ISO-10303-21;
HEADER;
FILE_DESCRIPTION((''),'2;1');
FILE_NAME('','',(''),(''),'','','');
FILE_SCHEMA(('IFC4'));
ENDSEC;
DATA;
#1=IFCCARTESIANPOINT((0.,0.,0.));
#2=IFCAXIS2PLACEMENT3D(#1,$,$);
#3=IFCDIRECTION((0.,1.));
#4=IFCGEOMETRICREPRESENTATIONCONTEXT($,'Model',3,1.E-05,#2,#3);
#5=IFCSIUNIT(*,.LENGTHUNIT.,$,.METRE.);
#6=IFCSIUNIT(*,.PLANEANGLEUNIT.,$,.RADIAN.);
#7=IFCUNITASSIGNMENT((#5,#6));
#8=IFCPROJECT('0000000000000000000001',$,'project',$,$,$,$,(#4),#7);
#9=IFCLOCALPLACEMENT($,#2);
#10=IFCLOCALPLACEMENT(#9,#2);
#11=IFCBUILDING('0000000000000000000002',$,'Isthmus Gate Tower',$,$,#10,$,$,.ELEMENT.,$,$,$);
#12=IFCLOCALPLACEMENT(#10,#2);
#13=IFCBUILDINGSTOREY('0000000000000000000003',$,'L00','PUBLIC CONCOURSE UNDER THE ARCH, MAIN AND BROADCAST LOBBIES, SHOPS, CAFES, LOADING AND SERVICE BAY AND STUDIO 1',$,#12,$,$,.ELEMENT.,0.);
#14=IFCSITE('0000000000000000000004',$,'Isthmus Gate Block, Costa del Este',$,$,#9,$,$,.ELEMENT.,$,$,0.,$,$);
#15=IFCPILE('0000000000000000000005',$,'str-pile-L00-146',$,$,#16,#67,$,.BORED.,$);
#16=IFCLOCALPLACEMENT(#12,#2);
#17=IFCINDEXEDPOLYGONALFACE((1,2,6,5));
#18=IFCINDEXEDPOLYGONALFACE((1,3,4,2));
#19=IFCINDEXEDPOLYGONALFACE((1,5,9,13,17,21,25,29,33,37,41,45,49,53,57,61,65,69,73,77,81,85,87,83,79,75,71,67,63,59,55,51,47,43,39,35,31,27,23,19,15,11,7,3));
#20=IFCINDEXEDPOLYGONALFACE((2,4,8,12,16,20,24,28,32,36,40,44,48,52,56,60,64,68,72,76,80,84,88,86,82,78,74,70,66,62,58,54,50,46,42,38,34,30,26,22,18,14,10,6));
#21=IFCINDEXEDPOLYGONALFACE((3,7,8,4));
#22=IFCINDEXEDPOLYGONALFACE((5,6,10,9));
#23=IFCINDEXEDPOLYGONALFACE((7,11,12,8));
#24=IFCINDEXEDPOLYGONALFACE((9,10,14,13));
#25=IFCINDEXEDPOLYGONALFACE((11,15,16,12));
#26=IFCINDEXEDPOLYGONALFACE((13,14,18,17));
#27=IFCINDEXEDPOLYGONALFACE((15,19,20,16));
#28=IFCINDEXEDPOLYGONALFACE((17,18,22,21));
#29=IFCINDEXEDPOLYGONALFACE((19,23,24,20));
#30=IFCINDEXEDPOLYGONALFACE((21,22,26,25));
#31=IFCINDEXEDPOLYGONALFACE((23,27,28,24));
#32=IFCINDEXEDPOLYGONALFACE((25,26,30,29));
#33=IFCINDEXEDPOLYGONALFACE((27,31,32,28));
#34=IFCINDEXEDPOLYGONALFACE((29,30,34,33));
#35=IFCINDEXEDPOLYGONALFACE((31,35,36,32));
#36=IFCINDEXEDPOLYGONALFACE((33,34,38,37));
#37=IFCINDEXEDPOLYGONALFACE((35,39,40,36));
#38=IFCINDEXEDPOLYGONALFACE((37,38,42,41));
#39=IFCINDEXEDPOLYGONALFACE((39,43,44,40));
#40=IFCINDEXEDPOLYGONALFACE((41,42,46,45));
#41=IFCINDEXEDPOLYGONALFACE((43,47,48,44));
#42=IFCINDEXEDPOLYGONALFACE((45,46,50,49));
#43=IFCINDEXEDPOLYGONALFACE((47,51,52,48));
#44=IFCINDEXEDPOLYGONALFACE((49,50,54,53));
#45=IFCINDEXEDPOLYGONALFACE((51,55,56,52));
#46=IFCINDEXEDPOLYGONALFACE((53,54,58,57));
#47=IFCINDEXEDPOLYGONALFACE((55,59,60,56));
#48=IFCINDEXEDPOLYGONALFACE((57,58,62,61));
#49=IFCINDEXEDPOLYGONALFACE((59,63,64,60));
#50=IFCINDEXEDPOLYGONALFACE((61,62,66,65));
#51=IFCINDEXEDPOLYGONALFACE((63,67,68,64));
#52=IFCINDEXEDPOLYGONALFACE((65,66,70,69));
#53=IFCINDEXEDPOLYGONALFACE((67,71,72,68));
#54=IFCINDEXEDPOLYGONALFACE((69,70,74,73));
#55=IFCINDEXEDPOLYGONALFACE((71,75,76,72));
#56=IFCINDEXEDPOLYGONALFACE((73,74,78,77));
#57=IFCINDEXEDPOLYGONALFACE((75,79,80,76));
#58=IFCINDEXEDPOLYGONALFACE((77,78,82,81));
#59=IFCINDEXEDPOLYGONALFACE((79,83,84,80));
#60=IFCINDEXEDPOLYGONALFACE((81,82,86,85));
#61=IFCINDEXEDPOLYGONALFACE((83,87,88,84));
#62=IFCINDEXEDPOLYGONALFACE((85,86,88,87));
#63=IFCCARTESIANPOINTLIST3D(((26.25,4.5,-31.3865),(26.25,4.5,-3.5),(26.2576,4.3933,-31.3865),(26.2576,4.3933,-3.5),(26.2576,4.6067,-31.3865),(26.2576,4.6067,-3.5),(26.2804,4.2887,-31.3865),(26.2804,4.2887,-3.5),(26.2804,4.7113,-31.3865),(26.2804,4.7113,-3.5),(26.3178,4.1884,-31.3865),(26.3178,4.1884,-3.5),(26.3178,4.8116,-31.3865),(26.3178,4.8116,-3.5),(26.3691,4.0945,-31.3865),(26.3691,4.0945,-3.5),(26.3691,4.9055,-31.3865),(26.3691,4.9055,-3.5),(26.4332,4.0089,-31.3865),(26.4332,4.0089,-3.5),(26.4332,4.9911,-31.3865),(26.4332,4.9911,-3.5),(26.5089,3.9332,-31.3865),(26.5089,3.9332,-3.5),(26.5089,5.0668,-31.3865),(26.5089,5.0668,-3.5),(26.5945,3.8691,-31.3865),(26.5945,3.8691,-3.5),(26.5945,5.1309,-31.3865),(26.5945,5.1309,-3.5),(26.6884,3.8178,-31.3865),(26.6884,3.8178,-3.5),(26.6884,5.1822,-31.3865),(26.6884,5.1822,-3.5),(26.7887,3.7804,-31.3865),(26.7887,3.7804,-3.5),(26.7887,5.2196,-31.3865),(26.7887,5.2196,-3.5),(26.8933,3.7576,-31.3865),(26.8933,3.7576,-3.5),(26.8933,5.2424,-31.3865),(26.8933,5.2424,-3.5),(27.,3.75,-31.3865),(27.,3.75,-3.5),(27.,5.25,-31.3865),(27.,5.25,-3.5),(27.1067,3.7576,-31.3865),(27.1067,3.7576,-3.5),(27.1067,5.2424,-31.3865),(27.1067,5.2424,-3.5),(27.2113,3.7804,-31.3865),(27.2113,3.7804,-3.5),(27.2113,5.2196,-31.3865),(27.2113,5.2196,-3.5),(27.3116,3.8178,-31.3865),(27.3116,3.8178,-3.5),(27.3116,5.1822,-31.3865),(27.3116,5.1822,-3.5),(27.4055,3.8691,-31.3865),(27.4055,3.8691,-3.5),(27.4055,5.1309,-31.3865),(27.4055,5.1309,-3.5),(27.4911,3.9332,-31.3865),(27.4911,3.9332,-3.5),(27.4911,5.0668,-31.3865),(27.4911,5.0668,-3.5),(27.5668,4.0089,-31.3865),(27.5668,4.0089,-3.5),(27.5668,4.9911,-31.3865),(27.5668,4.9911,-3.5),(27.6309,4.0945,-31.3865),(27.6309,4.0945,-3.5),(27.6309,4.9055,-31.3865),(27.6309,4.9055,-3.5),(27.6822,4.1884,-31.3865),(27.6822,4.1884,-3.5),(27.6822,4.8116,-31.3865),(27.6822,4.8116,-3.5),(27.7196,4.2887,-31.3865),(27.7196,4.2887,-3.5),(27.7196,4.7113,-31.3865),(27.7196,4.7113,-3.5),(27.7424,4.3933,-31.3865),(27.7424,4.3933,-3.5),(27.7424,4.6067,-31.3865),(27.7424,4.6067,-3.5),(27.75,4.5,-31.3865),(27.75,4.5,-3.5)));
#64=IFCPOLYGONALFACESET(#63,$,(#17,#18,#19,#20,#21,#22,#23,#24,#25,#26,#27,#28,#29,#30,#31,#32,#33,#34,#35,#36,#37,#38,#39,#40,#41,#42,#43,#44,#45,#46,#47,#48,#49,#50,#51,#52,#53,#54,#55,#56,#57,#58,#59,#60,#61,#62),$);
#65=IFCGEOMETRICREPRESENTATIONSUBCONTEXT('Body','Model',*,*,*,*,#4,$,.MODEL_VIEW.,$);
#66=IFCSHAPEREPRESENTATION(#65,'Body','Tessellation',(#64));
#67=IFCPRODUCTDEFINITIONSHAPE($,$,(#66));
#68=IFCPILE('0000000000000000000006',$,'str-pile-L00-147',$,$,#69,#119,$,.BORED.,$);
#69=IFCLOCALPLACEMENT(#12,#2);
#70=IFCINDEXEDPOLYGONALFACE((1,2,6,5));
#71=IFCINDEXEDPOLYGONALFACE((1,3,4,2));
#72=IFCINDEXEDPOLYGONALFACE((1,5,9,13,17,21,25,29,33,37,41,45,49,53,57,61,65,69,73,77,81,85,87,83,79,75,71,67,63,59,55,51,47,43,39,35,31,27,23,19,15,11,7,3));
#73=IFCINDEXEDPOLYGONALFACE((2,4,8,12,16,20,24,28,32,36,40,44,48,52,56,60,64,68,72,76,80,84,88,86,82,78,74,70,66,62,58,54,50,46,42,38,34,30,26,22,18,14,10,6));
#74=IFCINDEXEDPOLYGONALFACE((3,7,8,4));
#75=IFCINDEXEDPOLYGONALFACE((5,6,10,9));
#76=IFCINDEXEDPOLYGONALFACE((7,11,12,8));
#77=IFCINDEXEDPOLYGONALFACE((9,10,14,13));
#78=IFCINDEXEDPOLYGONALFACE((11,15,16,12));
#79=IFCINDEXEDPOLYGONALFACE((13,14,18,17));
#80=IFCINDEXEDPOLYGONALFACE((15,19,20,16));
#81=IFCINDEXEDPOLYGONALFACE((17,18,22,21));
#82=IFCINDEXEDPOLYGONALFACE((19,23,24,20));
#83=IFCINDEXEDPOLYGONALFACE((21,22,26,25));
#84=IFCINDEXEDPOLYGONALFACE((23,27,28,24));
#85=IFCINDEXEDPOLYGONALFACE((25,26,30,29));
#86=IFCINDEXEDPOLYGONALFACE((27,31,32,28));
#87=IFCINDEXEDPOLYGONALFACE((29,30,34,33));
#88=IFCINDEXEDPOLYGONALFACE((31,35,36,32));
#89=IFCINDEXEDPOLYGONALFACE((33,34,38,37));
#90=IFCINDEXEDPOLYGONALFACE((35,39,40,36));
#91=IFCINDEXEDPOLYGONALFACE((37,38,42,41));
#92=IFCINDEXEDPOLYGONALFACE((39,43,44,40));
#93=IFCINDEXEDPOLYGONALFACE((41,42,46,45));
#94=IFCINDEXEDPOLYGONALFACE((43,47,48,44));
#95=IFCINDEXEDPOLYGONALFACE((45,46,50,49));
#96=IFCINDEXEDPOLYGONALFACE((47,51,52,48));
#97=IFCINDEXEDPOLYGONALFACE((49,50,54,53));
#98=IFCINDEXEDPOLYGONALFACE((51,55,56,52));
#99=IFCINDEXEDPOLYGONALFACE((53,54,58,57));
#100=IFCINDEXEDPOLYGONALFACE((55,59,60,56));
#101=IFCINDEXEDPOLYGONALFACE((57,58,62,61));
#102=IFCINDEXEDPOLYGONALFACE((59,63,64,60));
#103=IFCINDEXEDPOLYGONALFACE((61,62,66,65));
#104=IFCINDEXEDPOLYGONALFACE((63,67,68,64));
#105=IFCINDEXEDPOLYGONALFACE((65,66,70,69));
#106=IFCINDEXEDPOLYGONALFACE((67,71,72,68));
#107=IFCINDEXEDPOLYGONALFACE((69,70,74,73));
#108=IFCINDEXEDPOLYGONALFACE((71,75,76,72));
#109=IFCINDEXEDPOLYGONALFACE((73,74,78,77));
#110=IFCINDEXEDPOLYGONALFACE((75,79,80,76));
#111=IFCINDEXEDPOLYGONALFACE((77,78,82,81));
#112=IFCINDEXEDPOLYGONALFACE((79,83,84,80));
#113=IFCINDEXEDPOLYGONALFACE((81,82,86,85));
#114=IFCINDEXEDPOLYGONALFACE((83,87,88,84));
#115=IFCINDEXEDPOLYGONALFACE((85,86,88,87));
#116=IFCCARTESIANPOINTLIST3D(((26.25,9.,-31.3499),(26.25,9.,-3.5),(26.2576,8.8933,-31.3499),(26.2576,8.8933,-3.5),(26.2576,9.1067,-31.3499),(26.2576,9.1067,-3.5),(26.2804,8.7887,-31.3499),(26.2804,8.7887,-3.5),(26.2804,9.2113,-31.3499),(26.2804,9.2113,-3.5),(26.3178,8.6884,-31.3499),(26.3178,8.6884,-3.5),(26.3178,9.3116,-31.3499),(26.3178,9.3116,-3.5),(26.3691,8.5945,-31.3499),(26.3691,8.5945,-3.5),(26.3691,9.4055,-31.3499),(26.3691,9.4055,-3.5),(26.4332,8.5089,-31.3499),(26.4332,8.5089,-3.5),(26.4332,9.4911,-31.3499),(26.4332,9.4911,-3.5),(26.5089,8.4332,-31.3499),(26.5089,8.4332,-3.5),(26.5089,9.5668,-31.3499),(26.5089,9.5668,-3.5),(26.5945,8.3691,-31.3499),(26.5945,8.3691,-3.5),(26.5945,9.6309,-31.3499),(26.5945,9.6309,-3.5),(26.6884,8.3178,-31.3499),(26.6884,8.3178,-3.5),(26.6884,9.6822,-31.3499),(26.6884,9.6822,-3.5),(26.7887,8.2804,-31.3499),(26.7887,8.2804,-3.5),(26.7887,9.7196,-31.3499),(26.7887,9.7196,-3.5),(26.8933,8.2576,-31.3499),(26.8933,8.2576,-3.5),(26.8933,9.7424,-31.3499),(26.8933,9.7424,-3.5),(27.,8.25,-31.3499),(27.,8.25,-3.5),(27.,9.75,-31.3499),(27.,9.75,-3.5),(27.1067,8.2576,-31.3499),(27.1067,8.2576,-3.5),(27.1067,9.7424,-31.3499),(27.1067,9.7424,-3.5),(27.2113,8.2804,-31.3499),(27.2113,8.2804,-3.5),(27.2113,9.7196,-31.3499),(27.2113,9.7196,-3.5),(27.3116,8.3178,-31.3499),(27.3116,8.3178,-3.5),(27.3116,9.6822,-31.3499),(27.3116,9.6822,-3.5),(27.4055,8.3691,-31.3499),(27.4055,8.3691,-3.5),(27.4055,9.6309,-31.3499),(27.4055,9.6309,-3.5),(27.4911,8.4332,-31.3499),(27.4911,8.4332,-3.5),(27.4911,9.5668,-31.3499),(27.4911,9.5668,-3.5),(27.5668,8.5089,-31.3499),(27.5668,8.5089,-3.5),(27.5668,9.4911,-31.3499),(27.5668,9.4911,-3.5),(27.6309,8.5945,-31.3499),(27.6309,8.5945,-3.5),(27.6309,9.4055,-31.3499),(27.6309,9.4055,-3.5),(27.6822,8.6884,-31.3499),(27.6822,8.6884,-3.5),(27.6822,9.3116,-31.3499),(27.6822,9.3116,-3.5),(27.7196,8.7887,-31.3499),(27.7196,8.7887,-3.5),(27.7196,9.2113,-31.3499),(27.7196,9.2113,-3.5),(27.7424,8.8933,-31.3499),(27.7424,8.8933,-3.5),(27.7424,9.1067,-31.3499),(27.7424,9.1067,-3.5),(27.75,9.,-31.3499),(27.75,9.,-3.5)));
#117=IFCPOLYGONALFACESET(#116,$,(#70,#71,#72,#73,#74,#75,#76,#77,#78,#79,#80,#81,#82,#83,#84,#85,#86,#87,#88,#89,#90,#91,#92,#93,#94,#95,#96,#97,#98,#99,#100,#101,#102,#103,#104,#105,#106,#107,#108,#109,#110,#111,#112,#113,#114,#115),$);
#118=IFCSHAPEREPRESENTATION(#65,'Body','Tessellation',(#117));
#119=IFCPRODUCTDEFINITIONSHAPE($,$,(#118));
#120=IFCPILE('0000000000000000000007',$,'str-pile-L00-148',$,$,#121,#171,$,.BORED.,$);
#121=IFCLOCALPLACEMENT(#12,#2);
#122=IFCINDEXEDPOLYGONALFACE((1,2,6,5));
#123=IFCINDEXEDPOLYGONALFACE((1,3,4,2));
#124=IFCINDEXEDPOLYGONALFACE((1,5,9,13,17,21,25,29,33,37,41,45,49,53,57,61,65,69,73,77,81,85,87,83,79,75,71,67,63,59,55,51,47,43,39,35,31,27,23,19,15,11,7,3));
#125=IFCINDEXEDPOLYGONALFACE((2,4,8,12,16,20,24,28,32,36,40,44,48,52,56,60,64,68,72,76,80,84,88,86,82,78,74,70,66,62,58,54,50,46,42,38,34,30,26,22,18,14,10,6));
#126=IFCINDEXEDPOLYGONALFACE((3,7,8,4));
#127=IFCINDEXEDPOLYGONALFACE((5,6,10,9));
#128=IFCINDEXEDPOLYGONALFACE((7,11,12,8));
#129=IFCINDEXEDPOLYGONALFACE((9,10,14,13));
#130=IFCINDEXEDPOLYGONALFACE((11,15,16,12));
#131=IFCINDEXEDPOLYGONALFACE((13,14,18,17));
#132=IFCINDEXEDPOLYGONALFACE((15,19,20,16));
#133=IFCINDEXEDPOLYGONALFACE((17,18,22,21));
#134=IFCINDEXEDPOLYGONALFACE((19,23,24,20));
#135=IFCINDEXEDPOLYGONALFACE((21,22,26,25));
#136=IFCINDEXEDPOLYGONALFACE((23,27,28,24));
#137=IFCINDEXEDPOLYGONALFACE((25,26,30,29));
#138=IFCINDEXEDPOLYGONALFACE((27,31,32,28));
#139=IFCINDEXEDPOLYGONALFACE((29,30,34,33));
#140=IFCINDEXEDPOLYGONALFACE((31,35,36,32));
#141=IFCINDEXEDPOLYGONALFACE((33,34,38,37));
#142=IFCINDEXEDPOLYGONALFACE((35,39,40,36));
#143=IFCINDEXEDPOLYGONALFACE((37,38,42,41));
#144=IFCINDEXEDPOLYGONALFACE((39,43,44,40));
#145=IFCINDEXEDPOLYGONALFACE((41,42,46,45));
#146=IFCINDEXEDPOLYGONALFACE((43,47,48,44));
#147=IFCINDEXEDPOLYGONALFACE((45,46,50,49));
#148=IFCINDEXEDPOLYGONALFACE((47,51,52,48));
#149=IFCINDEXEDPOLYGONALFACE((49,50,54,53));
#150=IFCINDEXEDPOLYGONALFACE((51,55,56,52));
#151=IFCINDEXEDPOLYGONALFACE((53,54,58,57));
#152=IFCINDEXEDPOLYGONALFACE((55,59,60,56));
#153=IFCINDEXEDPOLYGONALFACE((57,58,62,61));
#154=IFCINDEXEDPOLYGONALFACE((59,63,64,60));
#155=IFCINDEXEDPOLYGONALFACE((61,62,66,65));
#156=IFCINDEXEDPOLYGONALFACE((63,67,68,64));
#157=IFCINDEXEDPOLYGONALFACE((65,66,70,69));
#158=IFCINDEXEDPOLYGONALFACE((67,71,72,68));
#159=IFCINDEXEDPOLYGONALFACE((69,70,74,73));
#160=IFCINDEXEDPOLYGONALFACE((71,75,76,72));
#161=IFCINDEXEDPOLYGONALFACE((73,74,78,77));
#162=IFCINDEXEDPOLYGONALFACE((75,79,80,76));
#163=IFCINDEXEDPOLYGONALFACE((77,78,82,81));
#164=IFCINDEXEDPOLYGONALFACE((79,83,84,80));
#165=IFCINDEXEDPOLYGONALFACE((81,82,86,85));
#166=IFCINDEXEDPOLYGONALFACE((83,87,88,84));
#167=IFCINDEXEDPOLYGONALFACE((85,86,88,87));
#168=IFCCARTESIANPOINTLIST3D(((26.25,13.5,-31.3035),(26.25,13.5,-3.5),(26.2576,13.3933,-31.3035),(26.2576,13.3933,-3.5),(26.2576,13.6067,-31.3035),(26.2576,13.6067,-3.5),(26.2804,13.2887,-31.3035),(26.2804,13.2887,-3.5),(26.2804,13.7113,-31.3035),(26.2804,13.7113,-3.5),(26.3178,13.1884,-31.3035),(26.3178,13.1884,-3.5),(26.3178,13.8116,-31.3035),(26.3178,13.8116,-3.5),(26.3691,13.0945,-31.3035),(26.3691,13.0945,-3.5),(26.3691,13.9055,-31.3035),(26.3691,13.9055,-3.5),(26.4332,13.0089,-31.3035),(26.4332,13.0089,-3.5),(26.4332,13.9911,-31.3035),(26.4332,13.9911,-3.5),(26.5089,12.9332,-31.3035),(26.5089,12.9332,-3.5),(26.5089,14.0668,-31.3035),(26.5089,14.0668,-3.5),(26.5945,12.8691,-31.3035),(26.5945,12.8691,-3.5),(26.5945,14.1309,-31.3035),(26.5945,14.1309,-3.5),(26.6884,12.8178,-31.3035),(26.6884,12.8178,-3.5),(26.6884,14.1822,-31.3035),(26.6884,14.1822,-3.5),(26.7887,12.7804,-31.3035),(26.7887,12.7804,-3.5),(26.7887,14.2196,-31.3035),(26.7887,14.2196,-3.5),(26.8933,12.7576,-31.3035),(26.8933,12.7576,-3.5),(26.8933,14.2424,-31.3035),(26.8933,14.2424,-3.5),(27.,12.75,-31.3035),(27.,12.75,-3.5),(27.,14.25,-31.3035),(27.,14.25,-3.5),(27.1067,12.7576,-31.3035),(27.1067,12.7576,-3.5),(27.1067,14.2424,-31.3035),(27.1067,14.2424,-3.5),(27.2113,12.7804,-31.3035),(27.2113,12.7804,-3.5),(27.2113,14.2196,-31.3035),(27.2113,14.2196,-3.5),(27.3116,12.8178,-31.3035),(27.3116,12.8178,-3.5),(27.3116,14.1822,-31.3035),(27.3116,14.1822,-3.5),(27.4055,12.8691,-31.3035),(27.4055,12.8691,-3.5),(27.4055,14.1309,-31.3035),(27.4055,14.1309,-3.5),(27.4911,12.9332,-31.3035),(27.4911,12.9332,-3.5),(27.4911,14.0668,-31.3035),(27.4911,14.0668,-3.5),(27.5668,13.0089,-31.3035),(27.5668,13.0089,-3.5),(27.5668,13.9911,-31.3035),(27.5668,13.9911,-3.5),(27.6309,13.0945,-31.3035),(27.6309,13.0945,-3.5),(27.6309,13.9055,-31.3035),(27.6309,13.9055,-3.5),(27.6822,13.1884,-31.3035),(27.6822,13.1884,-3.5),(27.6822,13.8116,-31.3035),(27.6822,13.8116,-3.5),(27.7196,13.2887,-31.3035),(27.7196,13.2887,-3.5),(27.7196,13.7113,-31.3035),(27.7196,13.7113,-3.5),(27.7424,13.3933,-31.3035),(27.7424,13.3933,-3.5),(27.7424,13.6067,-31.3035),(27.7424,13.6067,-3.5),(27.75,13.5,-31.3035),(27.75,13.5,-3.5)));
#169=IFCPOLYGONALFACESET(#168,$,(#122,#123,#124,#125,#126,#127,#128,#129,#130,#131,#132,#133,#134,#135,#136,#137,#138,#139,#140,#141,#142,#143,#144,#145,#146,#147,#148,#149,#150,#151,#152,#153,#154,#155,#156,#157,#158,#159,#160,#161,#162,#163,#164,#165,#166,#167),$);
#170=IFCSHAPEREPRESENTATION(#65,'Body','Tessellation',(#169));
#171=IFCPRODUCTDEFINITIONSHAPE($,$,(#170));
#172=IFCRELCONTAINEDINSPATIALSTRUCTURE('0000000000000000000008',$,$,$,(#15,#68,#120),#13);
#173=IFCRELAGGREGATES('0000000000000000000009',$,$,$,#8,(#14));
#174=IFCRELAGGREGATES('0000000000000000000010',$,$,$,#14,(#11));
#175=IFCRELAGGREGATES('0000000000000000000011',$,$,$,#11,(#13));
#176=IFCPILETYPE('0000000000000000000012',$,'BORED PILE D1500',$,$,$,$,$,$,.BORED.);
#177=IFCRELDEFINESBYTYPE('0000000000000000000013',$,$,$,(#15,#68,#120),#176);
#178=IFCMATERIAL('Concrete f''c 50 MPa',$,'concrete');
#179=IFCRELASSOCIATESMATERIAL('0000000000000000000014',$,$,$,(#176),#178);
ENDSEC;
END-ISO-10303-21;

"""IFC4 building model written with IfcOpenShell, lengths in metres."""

from ifc_helpers import new_model, si_unit, direction, frame, origin, origin_2d, place, context, subcontext, project, spatial, circle, extrude, material, material_profile, profile_set, type_object, element, save


model = new_model("IFC4")

# Units and contexts
model_context = context("Model", 3, precision=1e-05, world=origin(), true_north=direction((0.0, 1.0)))
body_context = subcontext(model_context, "Body", "Model", "MODEL_VIEW")
ifc_project = project(units=[si_unit("LENGTHUNIT", "METRE"), si_unit("PLANEANGLEUNIT", "RADIAN")], contexts=[model_context])

# Site, building, storey
site_placement = place(None, origin())
site = spatial("IfcSite", under=ifc_project, at=site_placement, Name="Isthmus Gate Block, Costa del Este", CompositionType="ELEMENT", RefElevation=0.0)
building_placement = place(site_placement, origin())
building = spatial("IfcBuilding", under=site, at=building_placement, Name="Isthmus Gate Tower", CompositionType="ELEMENT")
storey_placement = place(building_placement, origin())
storey = spatial("IfcBuildingStorey", under=building, at=storey_placement, Name="L00", Description="PUBLIC CONCOURSE UNDER THE ARCH, MAIN AND BROADCAST LOBBIES, SHOPS, CAFES, LOADING AND SERVICE BAY AND STUDIO 1", CompositionType="ELEMENT", Elevation=0.0)

# Piles
ifc_material_1 = material(Name="Concrete f'c 50 MPa", Category="concrete")
ifc_material_profile_1 = material_profile(ifc_material_1, circle(Radius=0.75, at=origin_2d()), Name="D1500")
ifc_profile_set_1 = profile_set([ifc_material_profile_1], Name="Concrete f'c 50 MPa")
pile_type = type_object("IfcPileType", Name="BORED PILE D1500", PredefinedType="BORED", material=ifc_profile_set_1)
pile_1_placement = place(storey_placement, frame((27.0, 4.5, -3.5), z_axis=(0.0, 0.0, -1.0), x_axis=(1.0, 0.0, 0.0)))
element("IfcPile", 1, at=pile_1_placement, inside=storey, type_object=pile_type, Name="str-pile-L00-146", PredefinedType="BORED", context=body_context, shape_type="SweptSolid", body=[
    extrude(circle(Radius=0.75, at=origin_2d()), origin(), (0.0, 0.0, 1.0), 27.8865),
])
pile_2_placement = place(storey_placement, frame((27.0, 9.0, -3.5), z_axis=(0.0, 0.0, -1.0), x_axis=(1.0, 0.0, 0.0)))
element("IfcPile", 2, at=pile_2_placement, inside=storey, type_object=pile_type, Name="str-pile-L00-147", PredefinedType="BORED", context=body_context, shape_type="SweptSolid", body=[
    extrude(circle(Radius=0.75, at=origin_2d()), origin(), (0.0, 0.0, 1.0), 27.8499),
])
pile_3_placement = place(storey_placement, frame((27.0, 13.5, -3.5), z_axis=(0.0, 0.0, -1.0), x_axis=(1.0, 0.0, 0.0)))
element("IfcPile", 3, at=pile_3_placement, inside=storey, type_object=pile_type, Name="str-pile-L00-148", PredefinedType="BORED", context=body_context, shape_type="SweptSolid", body=[
    extrude(circle(Radius=0.75, at=origin_2d()), origin(), (0.0, 0.0, 1.0), 27.8035),
])

save(model, "model.ifc")
